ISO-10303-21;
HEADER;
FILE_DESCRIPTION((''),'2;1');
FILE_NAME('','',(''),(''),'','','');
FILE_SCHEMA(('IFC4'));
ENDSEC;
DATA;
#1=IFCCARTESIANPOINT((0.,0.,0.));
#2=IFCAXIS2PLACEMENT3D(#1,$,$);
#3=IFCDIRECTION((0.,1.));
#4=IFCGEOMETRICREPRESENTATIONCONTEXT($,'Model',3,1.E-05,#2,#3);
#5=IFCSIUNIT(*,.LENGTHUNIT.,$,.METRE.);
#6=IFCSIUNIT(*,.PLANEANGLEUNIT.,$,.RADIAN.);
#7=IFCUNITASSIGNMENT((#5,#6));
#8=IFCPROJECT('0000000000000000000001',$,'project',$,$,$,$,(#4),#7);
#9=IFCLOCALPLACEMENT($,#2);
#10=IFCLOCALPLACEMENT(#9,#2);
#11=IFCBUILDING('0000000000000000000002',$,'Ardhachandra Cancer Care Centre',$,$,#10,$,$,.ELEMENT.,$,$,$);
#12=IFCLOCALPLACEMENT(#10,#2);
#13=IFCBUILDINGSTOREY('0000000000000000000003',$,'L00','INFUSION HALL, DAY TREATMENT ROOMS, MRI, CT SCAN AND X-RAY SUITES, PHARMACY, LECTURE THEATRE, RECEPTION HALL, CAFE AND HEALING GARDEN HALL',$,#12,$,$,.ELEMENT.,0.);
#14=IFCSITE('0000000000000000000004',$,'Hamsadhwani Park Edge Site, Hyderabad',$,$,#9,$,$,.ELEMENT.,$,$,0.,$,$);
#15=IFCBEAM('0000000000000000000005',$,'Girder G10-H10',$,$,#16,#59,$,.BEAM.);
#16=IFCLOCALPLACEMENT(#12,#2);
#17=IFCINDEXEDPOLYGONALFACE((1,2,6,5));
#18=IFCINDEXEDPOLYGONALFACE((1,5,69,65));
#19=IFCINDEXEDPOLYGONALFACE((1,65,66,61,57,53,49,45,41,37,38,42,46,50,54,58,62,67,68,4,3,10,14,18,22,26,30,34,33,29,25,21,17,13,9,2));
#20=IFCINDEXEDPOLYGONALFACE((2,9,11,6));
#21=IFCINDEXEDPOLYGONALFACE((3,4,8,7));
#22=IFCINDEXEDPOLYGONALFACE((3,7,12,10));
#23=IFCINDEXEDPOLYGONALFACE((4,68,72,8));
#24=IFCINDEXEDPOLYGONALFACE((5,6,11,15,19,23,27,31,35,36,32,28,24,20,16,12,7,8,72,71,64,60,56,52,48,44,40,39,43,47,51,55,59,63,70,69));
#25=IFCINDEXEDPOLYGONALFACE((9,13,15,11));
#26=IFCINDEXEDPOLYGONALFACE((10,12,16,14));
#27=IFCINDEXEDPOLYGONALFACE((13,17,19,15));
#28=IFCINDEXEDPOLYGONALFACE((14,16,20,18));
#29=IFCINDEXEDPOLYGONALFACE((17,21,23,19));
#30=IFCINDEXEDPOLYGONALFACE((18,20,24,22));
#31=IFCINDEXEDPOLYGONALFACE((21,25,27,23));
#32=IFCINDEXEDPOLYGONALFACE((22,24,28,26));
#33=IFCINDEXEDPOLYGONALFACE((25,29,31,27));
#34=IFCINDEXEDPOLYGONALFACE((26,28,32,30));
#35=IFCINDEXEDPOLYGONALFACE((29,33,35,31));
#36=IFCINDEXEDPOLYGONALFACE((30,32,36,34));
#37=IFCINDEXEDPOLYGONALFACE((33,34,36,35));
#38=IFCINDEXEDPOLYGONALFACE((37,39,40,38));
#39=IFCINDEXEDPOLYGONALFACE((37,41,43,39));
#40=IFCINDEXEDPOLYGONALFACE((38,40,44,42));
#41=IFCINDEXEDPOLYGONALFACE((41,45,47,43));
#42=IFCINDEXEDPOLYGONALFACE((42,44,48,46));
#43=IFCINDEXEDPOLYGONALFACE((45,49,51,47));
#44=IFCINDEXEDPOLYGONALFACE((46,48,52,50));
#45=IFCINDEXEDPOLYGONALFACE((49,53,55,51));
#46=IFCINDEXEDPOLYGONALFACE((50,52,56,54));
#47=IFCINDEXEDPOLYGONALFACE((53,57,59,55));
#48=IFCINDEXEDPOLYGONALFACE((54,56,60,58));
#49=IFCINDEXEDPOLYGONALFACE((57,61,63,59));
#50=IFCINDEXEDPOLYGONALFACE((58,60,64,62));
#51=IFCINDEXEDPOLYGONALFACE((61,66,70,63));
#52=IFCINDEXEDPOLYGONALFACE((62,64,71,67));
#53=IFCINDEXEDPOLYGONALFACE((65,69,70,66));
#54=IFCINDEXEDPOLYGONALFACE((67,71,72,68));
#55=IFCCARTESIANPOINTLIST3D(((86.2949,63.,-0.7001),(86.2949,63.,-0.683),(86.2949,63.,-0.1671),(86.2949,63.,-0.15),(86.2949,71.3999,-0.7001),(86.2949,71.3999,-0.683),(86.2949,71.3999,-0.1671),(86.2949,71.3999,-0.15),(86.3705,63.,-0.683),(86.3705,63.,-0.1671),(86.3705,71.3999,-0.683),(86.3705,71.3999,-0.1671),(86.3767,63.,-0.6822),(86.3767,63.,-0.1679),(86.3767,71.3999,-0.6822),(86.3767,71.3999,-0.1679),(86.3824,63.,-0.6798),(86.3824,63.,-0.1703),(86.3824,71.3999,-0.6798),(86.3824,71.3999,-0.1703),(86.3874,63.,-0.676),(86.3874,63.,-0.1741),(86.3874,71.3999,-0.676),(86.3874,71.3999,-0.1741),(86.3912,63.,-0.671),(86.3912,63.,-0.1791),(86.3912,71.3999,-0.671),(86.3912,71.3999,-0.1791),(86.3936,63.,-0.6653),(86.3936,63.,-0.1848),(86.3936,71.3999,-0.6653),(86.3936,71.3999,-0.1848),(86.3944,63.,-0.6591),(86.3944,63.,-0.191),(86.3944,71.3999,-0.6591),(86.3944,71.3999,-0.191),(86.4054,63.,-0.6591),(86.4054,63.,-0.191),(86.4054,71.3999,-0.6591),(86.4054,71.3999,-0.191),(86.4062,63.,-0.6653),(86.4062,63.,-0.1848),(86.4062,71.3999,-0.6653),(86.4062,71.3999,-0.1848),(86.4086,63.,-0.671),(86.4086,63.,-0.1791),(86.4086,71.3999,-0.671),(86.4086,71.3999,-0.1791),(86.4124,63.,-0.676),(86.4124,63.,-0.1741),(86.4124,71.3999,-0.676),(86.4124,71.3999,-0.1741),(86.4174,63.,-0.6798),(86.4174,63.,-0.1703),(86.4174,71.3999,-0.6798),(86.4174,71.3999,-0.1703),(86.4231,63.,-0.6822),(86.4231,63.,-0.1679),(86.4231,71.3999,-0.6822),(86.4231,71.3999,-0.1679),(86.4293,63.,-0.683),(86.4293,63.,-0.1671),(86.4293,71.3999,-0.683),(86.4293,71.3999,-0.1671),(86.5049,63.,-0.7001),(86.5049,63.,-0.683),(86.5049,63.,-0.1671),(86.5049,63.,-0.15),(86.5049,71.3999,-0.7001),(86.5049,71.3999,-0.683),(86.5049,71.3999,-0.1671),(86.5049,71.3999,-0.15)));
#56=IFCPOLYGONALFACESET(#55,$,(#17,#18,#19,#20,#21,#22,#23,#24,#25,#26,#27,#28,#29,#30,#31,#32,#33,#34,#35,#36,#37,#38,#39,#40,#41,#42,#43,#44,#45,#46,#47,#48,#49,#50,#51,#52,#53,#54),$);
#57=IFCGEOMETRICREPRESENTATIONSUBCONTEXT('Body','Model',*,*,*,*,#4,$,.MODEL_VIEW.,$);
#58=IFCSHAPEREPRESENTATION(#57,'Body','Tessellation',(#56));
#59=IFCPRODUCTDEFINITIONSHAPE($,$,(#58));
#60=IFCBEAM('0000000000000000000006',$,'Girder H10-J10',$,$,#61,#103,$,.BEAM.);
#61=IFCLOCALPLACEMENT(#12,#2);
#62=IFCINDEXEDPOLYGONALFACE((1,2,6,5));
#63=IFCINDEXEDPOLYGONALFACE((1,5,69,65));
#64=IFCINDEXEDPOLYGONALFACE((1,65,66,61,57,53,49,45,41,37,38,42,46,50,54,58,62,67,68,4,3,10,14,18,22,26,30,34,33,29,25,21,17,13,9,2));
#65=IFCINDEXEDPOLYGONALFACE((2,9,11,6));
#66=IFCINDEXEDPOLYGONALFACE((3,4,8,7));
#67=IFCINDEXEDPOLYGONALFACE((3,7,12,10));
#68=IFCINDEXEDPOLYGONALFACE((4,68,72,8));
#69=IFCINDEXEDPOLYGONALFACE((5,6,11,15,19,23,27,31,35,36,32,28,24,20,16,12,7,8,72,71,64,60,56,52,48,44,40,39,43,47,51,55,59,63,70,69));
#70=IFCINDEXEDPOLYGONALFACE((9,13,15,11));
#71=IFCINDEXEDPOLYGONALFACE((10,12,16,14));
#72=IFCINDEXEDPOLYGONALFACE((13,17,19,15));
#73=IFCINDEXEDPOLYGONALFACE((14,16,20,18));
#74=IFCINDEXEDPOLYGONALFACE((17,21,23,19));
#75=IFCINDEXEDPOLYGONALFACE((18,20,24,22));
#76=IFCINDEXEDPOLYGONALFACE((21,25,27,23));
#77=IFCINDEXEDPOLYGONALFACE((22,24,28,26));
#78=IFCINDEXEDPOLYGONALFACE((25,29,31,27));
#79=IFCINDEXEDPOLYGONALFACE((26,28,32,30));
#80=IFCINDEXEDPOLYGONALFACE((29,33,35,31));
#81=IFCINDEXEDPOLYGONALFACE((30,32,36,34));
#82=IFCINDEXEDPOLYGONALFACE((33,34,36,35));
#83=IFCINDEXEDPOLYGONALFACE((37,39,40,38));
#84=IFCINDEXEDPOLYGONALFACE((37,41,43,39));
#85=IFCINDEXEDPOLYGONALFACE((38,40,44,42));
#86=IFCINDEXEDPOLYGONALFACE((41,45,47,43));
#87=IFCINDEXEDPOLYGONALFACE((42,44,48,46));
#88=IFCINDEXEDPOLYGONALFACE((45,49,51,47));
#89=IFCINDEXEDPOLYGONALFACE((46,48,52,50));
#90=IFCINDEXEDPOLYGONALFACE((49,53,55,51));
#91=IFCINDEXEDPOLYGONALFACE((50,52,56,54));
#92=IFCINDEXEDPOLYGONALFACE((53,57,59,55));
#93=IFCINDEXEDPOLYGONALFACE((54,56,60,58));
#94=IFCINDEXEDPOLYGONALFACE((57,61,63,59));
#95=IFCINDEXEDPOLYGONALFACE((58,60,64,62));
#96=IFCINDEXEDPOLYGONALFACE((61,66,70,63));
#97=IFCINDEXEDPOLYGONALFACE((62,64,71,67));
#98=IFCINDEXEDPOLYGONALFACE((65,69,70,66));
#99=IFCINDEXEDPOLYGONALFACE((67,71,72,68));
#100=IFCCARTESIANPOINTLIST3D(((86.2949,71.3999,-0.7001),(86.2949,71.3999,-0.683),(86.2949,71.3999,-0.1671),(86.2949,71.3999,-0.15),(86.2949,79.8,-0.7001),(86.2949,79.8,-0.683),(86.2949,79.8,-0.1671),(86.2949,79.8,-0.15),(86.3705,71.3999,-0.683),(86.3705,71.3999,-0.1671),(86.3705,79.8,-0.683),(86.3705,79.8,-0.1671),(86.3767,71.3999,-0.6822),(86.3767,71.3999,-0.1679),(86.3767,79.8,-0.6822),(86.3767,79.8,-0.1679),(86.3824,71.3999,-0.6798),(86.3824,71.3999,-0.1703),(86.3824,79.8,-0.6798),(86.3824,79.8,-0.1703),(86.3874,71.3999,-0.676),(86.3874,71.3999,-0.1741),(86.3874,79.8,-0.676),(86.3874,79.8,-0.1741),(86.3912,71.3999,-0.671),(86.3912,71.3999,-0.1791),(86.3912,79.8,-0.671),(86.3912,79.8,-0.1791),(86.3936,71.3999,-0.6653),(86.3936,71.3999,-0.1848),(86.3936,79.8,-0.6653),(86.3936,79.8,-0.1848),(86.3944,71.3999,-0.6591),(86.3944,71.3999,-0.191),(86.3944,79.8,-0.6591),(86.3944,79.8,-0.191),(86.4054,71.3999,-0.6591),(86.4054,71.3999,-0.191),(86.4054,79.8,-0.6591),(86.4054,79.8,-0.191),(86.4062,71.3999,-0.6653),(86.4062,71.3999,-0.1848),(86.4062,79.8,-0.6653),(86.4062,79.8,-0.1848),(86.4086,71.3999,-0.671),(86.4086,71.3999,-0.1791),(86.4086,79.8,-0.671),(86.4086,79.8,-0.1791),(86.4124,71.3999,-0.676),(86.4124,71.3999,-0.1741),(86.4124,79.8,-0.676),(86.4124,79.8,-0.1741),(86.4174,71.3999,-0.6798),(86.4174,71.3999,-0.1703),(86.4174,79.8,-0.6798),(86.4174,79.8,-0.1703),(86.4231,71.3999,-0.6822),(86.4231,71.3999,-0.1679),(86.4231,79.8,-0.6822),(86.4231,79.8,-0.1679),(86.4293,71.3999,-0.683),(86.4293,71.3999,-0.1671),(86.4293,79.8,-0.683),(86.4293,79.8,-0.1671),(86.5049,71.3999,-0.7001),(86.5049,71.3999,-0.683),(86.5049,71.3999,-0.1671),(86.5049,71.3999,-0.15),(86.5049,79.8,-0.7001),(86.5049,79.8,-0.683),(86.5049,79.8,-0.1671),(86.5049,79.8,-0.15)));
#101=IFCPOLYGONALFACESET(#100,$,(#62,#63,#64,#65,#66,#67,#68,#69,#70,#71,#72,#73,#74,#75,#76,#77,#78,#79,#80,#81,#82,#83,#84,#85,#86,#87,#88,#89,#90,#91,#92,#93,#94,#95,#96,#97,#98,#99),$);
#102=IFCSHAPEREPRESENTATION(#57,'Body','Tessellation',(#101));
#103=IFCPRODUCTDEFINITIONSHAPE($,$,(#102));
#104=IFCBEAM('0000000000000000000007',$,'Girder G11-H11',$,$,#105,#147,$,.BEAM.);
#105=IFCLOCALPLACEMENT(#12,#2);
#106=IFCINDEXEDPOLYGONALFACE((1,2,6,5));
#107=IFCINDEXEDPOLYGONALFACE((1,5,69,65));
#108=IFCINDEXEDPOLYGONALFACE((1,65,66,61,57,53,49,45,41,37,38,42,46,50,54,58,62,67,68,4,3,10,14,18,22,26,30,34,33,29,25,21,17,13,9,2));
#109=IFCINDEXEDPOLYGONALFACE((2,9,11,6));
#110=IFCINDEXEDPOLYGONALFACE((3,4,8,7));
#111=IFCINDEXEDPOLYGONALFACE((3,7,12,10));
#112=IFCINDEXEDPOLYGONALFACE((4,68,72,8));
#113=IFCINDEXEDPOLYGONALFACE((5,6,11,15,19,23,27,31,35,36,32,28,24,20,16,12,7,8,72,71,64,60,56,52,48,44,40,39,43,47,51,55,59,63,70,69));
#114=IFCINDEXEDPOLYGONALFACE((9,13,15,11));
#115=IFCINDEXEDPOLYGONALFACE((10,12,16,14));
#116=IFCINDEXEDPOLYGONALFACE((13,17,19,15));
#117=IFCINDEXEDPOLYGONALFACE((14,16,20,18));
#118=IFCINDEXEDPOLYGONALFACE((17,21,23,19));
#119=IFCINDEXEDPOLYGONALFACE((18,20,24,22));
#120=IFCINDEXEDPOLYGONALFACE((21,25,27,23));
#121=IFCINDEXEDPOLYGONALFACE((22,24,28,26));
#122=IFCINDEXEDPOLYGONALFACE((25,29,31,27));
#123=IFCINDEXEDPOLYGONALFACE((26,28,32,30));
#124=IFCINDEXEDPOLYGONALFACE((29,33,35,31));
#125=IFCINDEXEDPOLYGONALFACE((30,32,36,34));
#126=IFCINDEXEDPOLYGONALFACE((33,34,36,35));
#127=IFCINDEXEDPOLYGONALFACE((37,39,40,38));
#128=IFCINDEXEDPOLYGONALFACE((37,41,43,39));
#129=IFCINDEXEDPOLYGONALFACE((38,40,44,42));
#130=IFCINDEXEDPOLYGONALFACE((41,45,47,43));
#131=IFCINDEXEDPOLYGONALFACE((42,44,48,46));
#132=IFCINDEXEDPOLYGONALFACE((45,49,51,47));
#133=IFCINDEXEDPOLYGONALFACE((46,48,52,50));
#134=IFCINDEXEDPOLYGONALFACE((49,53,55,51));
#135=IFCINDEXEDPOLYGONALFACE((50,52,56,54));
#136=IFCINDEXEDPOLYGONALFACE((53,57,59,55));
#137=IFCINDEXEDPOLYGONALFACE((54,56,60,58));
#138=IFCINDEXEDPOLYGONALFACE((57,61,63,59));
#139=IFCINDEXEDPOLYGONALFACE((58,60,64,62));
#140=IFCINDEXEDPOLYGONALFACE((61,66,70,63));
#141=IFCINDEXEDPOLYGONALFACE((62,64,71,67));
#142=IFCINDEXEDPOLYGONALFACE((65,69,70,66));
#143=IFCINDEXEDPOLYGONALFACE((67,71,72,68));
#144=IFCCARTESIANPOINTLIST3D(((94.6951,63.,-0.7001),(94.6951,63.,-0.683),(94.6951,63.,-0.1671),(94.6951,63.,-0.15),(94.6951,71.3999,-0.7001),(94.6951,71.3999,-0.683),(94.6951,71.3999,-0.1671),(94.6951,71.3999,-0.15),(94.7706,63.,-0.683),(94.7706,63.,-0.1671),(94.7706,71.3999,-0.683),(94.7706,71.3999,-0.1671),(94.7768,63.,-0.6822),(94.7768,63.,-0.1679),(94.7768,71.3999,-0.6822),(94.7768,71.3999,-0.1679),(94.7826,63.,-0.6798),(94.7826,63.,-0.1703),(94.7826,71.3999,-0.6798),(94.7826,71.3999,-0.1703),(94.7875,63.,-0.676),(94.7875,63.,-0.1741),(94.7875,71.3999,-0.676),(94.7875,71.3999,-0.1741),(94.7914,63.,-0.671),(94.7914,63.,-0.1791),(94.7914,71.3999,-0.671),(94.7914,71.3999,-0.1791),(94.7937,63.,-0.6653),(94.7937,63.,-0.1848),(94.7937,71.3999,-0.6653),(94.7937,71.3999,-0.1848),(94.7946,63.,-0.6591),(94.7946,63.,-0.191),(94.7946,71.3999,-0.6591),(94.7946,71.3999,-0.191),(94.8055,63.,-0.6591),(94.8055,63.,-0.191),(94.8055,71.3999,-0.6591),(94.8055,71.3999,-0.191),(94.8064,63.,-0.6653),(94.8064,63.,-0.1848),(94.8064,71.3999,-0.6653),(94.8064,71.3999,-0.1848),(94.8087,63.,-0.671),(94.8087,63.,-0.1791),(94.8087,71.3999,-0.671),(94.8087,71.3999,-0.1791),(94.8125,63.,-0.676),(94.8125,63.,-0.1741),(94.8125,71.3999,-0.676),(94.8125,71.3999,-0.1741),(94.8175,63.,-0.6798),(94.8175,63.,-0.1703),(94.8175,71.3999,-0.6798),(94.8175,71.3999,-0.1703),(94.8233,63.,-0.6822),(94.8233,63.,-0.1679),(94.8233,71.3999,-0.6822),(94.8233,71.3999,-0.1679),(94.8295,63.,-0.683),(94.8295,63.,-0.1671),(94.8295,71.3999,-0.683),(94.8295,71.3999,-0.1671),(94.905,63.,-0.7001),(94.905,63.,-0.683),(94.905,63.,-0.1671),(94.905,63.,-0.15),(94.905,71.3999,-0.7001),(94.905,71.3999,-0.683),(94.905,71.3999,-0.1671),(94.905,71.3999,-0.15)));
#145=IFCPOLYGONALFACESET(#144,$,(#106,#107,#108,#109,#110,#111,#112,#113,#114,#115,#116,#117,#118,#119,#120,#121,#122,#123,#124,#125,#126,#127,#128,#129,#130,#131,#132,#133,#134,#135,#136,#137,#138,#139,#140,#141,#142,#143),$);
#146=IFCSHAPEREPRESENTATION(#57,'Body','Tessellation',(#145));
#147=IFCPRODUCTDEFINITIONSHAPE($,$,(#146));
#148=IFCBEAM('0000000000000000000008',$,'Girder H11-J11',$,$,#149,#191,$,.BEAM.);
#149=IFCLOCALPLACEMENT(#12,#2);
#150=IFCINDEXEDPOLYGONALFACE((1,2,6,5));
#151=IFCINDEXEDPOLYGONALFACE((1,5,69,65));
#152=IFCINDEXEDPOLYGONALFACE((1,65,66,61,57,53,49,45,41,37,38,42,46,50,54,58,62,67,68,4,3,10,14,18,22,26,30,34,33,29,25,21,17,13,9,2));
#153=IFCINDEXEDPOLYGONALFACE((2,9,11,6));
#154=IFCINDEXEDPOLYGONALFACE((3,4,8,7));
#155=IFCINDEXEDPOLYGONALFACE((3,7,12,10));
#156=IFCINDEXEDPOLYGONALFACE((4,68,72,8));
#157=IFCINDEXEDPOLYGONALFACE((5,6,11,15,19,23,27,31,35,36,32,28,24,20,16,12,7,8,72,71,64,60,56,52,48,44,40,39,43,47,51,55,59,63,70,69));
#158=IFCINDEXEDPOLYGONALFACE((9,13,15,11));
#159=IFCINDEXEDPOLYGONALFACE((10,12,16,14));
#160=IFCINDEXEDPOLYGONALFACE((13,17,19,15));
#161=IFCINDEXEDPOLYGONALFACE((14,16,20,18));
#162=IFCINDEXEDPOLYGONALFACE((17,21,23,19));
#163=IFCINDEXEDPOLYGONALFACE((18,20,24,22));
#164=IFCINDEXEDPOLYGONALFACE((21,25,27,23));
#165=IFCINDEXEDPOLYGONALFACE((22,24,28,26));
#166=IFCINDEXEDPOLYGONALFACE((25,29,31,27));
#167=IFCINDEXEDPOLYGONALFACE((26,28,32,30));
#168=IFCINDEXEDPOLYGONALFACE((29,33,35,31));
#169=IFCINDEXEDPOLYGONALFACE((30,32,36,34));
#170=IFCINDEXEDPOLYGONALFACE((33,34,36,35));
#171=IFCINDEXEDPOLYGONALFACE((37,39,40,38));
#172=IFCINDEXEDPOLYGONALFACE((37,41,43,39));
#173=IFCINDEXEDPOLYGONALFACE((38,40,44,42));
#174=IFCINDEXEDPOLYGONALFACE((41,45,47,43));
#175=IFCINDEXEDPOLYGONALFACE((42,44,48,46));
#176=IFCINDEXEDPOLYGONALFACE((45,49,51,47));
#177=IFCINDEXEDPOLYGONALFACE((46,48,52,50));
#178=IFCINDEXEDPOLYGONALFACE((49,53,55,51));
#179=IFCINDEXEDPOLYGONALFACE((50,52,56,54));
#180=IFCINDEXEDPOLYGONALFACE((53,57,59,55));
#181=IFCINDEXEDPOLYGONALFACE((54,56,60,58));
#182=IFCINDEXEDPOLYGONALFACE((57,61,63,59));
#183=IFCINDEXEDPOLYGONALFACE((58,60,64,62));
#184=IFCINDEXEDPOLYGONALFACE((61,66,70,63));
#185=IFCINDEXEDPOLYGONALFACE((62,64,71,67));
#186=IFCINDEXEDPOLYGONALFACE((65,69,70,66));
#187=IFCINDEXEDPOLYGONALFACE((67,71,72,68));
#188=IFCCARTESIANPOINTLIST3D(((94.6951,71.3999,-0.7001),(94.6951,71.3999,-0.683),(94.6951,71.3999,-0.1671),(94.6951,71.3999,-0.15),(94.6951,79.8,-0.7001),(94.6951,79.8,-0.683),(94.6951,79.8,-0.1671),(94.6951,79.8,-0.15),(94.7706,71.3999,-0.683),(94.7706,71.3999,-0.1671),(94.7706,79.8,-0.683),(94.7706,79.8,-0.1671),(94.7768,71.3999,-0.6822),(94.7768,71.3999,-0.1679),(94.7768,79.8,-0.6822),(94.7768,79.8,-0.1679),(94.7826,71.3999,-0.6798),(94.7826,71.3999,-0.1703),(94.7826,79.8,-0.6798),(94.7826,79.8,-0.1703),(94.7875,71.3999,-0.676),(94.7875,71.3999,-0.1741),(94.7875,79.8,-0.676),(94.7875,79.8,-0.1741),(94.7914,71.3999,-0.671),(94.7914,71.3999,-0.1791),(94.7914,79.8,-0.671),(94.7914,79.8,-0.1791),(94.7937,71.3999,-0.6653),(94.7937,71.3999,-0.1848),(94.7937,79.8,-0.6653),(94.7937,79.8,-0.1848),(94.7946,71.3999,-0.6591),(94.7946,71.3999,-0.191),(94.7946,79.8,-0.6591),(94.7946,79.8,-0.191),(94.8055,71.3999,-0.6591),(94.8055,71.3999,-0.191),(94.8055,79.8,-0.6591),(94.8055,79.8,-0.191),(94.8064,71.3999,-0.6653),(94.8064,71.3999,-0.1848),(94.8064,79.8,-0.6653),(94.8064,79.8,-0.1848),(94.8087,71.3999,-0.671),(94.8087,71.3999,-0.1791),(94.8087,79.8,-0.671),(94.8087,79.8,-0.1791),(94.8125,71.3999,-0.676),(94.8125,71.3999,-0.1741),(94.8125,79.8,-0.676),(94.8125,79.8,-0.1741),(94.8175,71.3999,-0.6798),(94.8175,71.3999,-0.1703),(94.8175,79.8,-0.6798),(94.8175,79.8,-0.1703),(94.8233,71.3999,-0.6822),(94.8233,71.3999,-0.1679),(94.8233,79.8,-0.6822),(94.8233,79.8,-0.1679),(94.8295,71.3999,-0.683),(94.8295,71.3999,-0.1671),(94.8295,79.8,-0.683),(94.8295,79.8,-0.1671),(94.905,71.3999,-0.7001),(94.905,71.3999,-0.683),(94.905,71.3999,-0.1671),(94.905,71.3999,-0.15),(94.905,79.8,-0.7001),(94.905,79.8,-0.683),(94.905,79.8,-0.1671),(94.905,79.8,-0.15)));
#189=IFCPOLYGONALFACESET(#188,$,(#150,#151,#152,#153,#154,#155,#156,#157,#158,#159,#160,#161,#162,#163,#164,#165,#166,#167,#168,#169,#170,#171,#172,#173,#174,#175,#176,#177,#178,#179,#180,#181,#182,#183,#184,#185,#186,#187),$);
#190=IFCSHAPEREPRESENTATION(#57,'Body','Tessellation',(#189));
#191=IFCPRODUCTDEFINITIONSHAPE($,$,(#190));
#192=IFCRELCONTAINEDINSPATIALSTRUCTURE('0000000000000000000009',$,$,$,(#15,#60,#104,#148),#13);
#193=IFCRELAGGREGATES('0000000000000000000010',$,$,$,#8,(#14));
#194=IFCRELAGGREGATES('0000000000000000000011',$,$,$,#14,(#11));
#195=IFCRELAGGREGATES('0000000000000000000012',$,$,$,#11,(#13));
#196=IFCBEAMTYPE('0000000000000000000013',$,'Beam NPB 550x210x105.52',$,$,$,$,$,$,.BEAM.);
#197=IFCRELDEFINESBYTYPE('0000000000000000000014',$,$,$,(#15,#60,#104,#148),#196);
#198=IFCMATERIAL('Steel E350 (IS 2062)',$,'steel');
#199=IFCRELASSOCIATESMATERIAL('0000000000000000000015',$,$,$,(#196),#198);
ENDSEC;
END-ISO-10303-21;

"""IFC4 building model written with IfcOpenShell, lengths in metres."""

from ifc_helpers import new_model, si_unit, direction, frame, origin, origin_2d, place, context, subcontext, project, spatial, i_section, extrude, material, material_profile, profile_set, type_object, element, save


model = new_model("IFC4")

# Units and contexts
model_context = context("Model", 3, precision=1e-05, world=origin(), true_north=direction((0.0, 1.0)))
body_context = subcontext(model_context, "Body", "Model", "MODEL_VIEW")
ifc_project = project(units=[si_unit("LENGTHUNIT", "METRE"), si_unit("PLANEANGLEUNIT", "RADIAN")], contexts=[model_context])

# Site, building, storey
site_placement = place(None, origin())
site = spatial("IfcSite", under=ifc_project, at=site_placement, Name="Hamsadhwani Park Edge Site, Hyderabad", CompositionType="ELEMENT", RefElevation=0.0)
building_placement = place(site_placement, origin())
building = spatial("IfcBuilding", under=site, at=building_placement, Name="Ardhachandra Cancer Care Centre", CompositionType="ELEMENT")
storey_placement = place(building_placement, origin())
storey = spatial("IfcBuildingStorey", under=building, at=storey_placement, Name="L00", Description="INFUSION HALL, DAY TREATMENT ROOMS, MRI, CT SCAN AND X-RAY SUITES, PHARMACY, LECTURE THEATRE, RECEPTION HALL, CAFE AND HEALING GARDEN HALL", CompositionType="ELEMENT", Elevation=0.0)

# Beams
ifc_material_1 = material(Name="Steel E350 (IS 2062)", Category="steel")
ifc_material_profile_1 = material_profile(ifc_material_1, i_section(OverallWidth=0.21, OverallDepth=0.55, WebThickness=0.011, FlangeThickness=0.0171, FilletRadius=0.0239, at=origin_2d()), Name="NPB 550x210x105.52")
ifc_profile_set_1 = profile_set([ifc_material_profile_1], Name="Steel E350 (IS 2062)")
beam_type_1 = type_object("IfcBeamType", Name="Beam NPB 550x210x105.52", PredefinedType="BEAM", material=ifc_profile_set_1)
for number, where, z_axis, x_axis, name in (
    (1, (86.3999, 63.0, -0.425), (0.0, 1.0, 0.0), (-1.0, 0.0, 0.0), "Girder G10-H10"),
):
    element("IfcBeam", number, at=place(storey_placement, frame(where, z_axis=z_axis, x_axis=x_axis)), inside=storey, type_object=beam_type_1, Name=name, PredefinedType="BEAM", context=body_context, shape_type="SweptSolid", body=[
        extrude(i_section(OverallWidth=0.21, OverallDepth=0.55, WebThickness=0.011, FlangeThickness=0.0171, FilletRadius=0.0239, at=origin_2d()), origin(), (0.0, 0.0, 1.0), 8.3999),
    ])
beam_1_placement = place(storey_placement, frame((86.3999, 71.3999, -0.425), z_axis=(0.0, 1.0, 0.0), x_axis=(-1.0, 0.0, 0.0)))
element("IfcBeam", 2, at=beam_1_placement, inside=storey, type_object=beam_type_1, Name="Girder H10-J10", PredefinedType="BEAM", context=body_context, shape_type="SweptSolid", body=[
    extrude(i_section(OverallWidth=0.21, OverallDepth=0.55, WebThickness=0.011, FlangeThickness=0.0171, FilletRadius=0.0239, at=origin_2d()), origin(), (0.0, 0.0, 1.0), 8.4001),
])
beam_2_placement = place(storey_placement, frame((94.8, 63.0, -0.425), z_axis=(0.0, 1.0, 0.0), x_axis=(-1.0, 0.0, 0.0)))
element("IfcBeam", 3, at=beam_2_placement, inside=storey, type_object=beam_type_1, Name="Girder G11-H11", PredefinedType="BEAM", context=body_context, shape_type="SweptSolid", body=[
    extrude(i_section(OverallWidth=0.21, OverallDepth=0.55, WebThickness=0.011, FlangeThickness=0.0171, FilletRadius=0.0239, at=origin_2d()), origin(), (0.0, 0.0, 1.0), 8.3999),
])
beam_3_placement = place(storey_placement, frame((94.8, 71.3999, -0.425), z_axis=(0.0, 1.0, 0.0), x_axis=(-1.0, 0.0, 0.0)))
element("IfcBeam", 4, at=beam_3_placement, inside=storey, type_object=beam_type_1, Name="Girder H11-J11", PredefinedType="BEAM", context=body_context, shape_type="SweptSolid", body=[
    extrude(i_section(OverallWidth=0.21, OverallDepth=0.55, WebThickness=0.011, FlangeThickness=0.0171, FilletRadius=0.0239, at=origin_2d()), origin(), (0.0, 0.0, 1.0), 8.4001),
])

save(model, "model.ifc")
